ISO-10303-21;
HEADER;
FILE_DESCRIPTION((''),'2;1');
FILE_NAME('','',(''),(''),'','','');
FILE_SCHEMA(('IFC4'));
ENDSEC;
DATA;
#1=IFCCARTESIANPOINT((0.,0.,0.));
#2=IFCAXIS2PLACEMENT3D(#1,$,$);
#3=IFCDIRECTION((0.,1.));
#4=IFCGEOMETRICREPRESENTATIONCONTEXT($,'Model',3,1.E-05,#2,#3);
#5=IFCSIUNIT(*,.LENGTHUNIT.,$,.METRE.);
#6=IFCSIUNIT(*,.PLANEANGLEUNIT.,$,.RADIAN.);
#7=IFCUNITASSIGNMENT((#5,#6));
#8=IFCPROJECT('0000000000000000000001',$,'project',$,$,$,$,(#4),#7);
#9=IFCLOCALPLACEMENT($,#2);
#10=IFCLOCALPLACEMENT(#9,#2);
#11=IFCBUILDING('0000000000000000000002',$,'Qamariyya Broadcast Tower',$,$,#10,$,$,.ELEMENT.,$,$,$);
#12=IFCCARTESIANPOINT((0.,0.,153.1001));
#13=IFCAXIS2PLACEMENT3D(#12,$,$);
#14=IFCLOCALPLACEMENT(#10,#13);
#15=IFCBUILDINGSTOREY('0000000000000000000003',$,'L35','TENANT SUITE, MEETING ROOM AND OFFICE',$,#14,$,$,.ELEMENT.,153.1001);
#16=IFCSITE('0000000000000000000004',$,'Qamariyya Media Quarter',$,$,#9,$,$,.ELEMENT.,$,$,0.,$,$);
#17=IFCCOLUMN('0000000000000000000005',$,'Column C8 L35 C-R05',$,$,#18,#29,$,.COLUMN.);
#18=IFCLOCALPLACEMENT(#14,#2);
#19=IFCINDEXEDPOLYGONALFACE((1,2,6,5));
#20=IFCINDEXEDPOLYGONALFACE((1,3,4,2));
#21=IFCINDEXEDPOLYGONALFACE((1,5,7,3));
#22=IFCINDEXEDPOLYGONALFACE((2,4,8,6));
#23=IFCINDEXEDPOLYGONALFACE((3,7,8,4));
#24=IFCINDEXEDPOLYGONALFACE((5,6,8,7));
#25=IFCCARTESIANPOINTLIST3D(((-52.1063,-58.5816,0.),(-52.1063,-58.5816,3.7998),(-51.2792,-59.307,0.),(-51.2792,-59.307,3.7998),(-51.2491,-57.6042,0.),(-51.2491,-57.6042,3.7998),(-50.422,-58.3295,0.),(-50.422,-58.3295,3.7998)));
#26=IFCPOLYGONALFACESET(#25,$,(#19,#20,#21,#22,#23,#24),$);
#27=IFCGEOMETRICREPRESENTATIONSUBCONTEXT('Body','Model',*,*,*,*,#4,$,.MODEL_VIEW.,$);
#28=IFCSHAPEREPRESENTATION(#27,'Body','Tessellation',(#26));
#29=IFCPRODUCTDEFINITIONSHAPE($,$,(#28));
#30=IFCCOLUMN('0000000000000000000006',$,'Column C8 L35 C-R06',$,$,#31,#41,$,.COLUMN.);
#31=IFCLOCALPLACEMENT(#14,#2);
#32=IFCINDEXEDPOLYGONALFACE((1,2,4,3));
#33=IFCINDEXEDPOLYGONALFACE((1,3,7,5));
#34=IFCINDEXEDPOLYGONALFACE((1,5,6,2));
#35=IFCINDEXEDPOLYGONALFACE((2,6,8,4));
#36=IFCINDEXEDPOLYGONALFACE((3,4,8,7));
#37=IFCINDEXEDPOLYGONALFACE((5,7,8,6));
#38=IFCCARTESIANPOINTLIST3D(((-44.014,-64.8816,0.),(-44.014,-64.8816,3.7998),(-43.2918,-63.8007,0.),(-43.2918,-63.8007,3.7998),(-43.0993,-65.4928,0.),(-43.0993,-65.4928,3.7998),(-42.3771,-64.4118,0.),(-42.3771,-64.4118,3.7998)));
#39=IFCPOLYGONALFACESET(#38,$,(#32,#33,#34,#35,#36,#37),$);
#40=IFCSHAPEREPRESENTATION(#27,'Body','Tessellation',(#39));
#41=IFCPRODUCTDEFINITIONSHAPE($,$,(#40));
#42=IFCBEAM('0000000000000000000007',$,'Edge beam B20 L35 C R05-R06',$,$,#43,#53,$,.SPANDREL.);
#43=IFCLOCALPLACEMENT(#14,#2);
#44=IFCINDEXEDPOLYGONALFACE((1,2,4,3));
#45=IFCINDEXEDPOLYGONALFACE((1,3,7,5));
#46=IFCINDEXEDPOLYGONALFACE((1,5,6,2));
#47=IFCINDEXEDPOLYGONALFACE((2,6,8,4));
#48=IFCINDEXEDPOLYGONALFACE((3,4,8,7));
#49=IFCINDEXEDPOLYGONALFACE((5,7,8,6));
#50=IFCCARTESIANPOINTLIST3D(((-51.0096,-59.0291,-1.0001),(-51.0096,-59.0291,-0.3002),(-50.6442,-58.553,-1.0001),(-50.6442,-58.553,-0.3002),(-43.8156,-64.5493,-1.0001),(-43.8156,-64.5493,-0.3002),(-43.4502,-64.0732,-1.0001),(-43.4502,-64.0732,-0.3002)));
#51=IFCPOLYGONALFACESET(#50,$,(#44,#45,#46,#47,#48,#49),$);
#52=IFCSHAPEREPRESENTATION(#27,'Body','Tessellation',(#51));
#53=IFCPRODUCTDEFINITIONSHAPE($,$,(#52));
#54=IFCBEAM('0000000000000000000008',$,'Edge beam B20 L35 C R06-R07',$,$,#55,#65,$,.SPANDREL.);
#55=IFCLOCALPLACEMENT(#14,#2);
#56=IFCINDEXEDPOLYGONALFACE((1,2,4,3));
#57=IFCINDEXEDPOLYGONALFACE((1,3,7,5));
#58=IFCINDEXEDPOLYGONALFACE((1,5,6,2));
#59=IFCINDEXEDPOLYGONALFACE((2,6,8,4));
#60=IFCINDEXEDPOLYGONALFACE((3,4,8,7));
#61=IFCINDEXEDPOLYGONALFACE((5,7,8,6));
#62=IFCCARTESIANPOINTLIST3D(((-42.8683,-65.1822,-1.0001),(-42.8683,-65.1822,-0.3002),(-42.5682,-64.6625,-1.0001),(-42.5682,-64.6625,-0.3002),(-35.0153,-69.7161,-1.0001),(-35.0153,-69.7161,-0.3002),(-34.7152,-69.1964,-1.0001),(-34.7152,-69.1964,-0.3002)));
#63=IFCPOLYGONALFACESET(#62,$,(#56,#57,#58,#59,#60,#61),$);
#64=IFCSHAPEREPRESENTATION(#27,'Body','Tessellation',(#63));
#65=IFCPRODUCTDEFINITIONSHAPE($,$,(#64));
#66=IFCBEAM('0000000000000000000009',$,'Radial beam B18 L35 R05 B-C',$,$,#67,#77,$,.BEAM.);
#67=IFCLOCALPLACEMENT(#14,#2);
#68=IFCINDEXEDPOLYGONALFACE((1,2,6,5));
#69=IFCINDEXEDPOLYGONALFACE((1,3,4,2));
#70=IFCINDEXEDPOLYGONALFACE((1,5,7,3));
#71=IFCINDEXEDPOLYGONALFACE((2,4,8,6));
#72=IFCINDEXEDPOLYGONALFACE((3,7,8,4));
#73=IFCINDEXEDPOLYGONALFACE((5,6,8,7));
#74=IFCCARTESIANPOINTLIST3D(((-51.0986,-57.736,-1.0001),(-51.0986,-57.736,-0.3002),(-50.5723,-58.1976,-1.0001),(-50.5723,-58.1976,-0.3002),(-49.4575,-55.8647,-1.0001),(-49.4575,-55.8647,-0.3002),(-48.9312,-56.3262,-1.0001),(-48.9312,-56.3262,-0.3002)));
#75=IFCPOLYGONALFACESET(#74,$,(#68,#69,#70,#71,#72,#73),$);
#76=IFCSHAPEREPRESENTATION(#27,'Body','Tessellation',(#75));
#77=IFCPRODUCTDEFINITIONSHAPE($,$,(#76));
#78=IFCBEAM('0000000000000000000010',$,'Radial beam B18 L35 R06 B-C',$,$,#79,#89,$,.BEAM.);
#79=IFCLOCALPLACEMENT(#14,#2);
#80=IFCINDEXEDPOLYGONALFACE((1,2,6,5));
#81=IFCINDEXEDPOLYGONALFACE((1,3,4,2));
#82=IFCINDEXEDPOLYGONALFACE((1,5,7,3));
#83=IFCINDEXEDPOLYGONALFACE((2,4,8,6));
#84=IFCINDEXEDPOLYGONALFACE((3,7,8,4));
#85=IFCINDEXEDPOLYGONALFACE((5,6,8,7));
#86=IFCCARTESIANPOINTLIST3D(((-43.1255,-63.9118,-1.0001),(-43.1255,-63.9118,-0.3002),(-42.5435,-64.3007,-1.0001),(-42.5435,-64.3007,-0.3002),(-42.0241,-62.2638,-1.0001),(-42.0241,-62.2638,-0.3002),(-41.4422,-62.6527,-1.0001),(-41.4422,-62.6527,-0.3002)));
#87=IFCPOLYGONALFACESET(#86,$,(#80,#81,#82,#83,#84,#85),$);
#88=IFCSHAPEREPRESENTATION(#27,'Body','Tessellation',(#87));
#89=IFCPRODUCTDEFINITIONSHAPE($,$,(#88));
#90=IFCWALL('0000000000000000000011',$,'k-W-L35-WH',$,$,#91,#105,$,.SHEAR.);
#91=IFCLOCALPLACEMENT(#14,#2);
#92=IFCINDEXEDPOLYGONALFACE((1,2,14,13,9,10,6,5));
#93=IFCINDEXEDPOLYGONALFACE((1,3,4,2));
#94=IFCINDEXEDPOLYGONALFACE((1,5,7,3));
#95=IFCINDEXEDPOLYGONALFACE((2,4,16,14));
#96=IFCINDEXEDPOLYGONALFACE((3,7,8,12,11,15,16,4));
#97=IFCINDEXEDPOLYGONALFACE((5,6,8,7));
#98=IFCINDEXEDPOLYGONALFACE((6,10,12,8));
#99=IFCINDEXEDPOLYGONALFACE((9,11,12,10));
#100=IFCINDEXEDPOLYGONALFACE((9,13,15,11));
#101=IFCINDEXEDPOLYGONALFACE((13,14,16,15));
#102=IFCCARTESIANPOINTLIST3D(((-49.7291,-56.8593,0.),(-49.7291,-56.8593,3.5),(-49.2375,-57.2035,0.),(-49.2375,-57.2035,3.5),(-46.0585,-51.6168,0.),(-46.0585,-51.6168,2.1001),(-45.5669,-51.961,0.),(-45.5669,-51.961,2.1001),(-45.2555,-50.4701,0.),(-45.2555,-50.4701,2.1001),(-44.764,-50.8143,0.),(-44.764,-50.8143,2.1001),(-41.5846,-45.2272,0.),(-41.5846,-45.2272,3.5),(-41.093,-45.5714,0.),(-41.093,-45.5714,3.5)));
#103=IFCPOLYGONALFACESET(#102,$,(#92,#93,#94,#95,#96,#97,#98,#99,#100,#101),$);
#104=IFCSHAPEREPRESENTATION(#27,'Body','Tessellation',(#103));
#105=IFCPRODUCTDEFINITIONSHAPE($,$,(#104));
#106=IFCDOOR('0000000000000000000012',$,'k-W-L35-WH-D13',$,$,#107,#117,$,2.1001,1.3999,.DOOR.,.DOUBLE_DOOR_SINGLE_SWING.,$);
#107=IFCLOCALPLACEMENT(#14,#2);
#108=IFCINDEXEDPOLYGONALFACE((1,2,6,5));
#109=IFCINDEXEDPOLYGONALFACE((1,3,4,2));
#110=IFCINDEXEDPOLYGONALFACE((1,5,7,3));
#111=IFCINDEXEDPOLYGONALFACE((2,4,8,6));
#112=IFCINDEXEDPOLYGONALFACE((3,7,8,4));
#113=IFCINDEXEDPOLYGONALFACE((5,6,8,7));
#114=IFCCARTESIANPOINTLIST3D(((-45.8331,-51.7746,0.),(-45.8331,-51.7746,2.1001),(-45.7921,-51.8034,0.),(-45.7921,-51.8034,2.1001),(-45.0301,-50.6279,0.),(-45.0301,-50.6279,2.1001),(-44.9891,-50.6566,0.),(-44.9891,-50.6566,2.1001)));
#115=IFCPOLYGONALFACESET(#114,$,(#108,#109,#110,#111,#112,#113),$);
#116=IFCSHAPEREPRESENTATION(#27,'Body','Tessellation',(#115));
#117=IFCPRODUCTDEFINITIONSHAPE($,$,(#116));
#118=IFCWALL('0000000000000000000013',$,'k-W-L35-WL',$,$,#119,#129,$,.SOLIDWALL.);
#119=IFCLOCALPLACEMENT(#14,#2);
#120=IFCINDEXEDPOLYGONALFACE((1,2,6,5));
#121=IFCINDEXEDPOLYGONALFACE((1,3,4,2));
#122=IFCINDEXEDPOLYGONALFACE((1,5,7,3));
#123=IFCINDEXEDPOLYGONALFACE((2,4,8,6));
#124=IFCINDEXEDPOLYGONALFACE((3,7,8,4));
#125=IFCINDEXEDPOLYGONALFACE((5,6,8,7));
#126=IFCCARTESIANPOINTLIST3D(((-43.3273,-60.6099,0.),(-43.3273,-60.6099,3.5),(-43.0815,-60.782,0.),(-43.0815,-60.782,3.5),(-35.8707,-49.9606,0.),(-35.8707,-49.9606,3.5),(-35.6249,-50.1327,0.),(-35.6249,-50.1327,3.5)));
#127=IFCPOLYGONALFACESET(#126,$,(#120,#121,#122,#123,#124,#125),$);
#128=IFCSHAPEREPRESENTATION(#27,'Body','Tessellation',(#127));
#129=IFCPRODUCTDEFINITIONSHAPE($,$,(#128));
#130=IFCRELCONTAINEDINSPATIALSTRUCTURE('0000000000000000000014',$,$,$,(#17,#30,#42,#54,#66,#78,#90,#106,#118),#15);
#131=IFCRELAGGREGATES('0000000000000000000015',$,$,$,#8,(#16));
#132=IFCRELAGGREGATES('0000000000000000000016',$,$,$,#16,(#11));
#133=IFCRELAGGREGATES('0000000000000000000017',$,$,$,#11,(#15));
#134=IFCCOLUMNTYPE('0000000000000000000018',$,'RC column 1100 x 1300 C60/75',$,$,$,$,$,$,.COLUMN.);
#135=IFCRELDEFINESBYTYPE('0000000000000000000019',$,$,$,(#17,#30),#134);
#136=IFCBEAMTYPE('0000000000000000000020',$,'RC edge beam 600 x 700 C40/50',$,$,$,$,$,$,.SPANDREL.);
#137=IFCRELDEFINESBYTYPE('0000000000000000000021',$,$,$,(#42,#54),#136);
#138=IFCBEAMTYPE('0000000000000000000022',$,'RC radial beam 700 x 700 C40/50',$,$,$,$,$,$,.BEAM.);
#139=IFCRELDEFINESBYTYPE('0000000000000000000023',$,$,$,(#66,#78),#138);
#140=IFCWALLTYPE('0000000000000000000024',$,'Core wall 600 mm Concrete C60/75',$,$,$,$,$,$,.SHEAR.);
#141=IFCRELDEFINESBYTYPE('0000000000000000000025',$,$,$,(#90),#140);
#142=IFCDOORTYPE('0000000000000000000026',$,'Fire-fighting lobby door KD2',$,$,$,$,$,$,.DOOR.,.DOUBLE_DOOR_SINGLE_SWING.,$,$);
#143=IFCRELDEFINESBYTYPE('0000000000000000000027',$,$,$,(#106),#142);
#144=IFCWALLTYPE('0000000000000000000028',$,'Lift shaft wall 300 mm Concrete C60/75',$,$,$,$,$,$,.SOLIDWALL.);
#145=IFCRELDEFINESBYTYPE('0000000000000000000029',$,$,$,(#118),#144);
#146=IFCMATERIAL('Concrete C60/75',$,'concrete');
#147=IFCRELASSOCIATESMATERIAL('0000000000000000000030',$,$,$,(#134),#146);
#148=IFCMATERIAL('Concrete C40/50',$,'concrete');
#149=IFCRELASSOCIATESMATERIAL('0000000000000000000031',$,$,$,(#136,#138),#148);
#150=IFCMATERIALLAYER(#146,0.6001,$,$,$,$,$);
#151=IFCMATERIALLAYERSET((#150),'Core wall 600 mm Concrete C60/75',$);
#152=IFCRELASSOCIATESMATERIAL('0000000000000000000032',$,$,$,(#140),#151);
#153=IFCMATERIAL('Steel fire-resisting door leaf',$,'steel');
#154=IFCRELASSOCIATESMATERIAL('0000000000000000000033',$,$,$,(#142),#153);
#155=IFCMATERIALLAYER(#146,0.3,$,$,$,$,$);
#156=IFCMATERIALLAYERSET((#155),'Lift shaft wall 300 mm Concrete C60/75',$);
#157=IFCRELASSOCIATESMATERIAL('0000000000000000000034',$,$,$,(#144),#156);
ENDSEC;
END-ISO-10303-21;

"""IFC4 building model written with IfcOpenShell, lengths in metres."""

from ifc_helpers import new_model, si_unit, direction, frame, frame_2d, origin, origin_2d, place, context, subcontext, project, spatial, rectangle, extrude, material, layer, layer_set, material_profile, profile_set, type_object, element, fill, save


model = new_model("IFC4")

# Units and contexts
model_context = context("Model", 3, precision=1e-05, world=origin(), true_north=direction((0.0, 1.0)))
body_context = subcontext(model_context, "Body", "Model", "MODEL_VIEW")
ifc_project = project(units=[si_unit("LENGTHUNIT", "METRE"), si_unit("PLANEANGLEUNIT", "RADIAN")], contexts=[model_context])

# Site, building, storey
site_placement = place(None, origin())
site = spatial("IfcSite", under=ifc_project, at=site_placement, Name="Qamariyya Media Quarter", CompositionType="ELEMENT", RefElevation=0.0)
building_placement = place(site_placement, origin())
building = spatial("IfcBuilding", under=site, at=building_placement, Name="Qamariyya Broadcast Tower", CompositionType="ELEMENT")
storey_placement = place(building_placement, frame((0.0, 0.0, 153.1001)))
storey = spatial("IfcBuildingStorey", under=building, at=storey_placement, Name="L35", Description="TENANT SUITE, MEETING ROOM AND OFFICE", CompositionType="ELEMENT", Elevation=153.1001)

# Columns
ifc_material_1 = material(Name="Concrete C60/75", Category="concrete")
ifc_material_profile_1 = material_profile(ifc_material_1, rectangle(XDim=1.1001, YDim=1.3, at=origin_2d()))
ifc_profile_set_1 = profile_set([ifc_material_profile_1], Name="Concrete C60/75")
column_type = type_object("IfcColumnType", Name="RC column 1100 x 1300 C60/75", PredefinedType="COLUMN", material=ifc_profile_set_1)
for number, where, z_axis, x_axis, name in (
    (1, (-51.2642, -58.4556, 0.0), (0.0, 0.0, 1.0), (0.75184, -0.659346, 0.0), "Column C8 L35 C-R05"),
    (2, (-43.1956, -64.6467, 0.0), (0.0, 0.0, 1.0), (0.83147, -0.55557, 0.0), "Column C8 L35 C-R06"),
):
    element("IfcColumn", number, at=place(storey_placement, frame(where, z_axis=z_axis, x_axis=x_axis)), inside=storey, type_object=column_type, Name=name, PredefinedType="COLUMN", context=body_context, shape_type="SweptSolid", body=[
        extrude(rectangle(XDim=1.1001, YDim=1.3, at=origin_2d()), origin(), (0.0, 0.0, 1.0), 3.7998),
    ])

# Beams
ifc_material_2 = material(Name="Concrete C40/50", Category="concrete")
ifc_material_profile_2 = material_profile(ifc_material_2, rectangle(XDim=0.6001, YDim=0.7, at=origin_2d()))
ifc_profile_set_2 = profile_set([ifc_material_profile_2], Name="Concrete C40/50")
beam_type_1 = type_object("IfcBeamType", Name="RC edge beam 600 x 700 C40/50", PredefinedType="SPANDREL", material=ifc_profile_set_2)
for number, where, z_axis, x_axis, name in (
    (3, (-50.8269, -58.791, -0.6501), (0.793351, -0.608764, 0.0), (0.608764, 0.793351, 0.0), "Edge beam B20 L35 C R05-R06"),
    (4, (-42.7183, -64.9224, -0.6501), (0.866026, -0.499999, 0.0), (0.499999, 0.866026, 0.0), "Edge beam B20 L35 C R06-R07"),
):
    element("IfcBeam", number, at=place(storey_placement, frame(where, z_axis=z_axis, x_axis=x_axis)), inside=storey, type_object=beam_type_1, Name=name, PredefinedType="SPANDREL", context=body_context, shape_type="SweptSolid", body=[
        extrude(rectangle(XDim=0.6001, YDim=0.7, at=origin_2d()), origin(), (0.0, 0.0, 1.0), 9.0679),
    ])
ifc_material_profile_3 = material_profile(ifc_material_2, rectangle(XDim=0.7, YDim=0.7, at=origin_2d()))
ifc_profile_set_3 = profile_set([ifc_material_profile_3], Name="Concrete C40/50")
beam_type_2 = type_object("IfcBeamType", Name="RC radial beam 700 x 700 C40/50", PredefinedType="BEAM", material=ifc_profile_set_3)
beam_1_placement = place(storey_placement, frame((-49.1943, -56.0955, -0.6501), z_axis=(-0.659344, -0.751841, 0.0), x_axis=(0.751841, -0.659344, 0.0)))
element("IfcBeam", 5, at=beam_1_placement, inside=storey, type_object=beam_type_2, Name="Radial beam B18 L35 R05 B-C", PredefinedType="BEAM", context=body_context, shape_type="SweptSolid", body=[
    extrude(rectangle(XDim=0.7, YDim=0.7, at=origin_2d()), origin(), (0.0, 0.0, 1.0), 2.489),
])
beam_2_placement = place(storey_placement, frame((-41.7332, -62.4583, -0.6501), z_axis=(-0.555638, -0.831424, 0.0), x_axis=(0.831424, -0.555638, 0.0)))
element("IfcBeam", 6, at=beam_2_placement, inside=storey, type_object=beam_type_2, Name="Radial beam B18 L35 R06 B-C", PredefinedType="BEAM", context=body_context, shape_type="SweptSolid", body=[
    extrude(rectangle(XDim=0.7, YDim=0.7, at=origin_2d()), origin(), (0.0, 0.0, 1.0), 1.9822),
])

# Wall, opening, door
ifc_layer_1 = layer(ifc_material_1, 0.6001)
ifc_layer_set_1 = layer_set([ifc_layer_1], Name="Core wall 600 mm Concrete C60/75")
wall_type_1 = type_object("IfcWallType", Name="Core wall 600 mm Concrete C60/75", PredefinedType="SHEAR", material=ifc_layer_set_1)
wall_1_placement = place(storey_placement, frame((-49.4834, -57.0315, 0.0), z_axis=(0.0, 0.0, 1.0), x_axis=(0.57356, 0.819163, 0.0)))
wall_1 = element("IfcWall", 7, at=wall_1_placement, inside=storey, type_object=wall_type_1, Name="k-W-L35-WH", PredefinedType="SHEAR", context=body_context, shape_type="SweptSolid", body=[
    extrude(rectangle(XDim=14.2, YDim=0.6001, at=frame_2d((7.1001, 0.0))), origin(), (0.0, 0.0, 1.0), 3.5),
])
opening_placement = place(wall_1_placement, frame((6.3999, 0.0, 0.0)))
opening = element("IfcOpeningElement", 8, at=opening_placement, cuts=wall_1, PredefinedType="OPENING", context=body_context, shape_type="SweptSolid", body=[
    extrude(rectangle(XDim=1.3999, YDim=2.1001, at=frame_2d((0.7, 1.05))), frame((0.0, 0.3101, 0.0), z_axis=(0.0, -1.0, 0.0), x_axis=(1.0, 0.0, 0.0)), (0.0, 0.0, 1.0), 0.6201),
])
ifc_material_3 = material(Name="Steel fire-resisting door leaf", Category="steel")
door_type = type_object("IfcDoorType", Name="Fire-fighting lobby door KD2", OperationType="DOUBLE_DOOR_SINGLE_SWING", PredefinedType="DOOR", material=ifc_material_3)
door_placement = place(opening_placement, origin())
door = element("IfcDoor", 9, at=door_placement, inside=storey, type_object=door_type, Name="k-W-L35-WH-D13", OperationType="DOUBLE_DOOR_SINGLE_SWING", OverallHeight=2.1001, OverallWidth=1.3999, PredefinedType="DOOR", context=body_context, shape_type="SweptSolid", body=[
    extrude(rectangle(XDim=1.3999, YDim=2.1001, at=frame_2d((0.7, 1.05))), frame((0.0, 0.0249, 0.0), z_axis=(0.0, -1.0, 0.0), x_axis=(1.0, 0.0, 0.0)), (0.0, 0.0, 1.0), 0.05),
])
fill(opening, door)

# Wall
ifc_layer_2 = layer(ifc_material_1, 0.3)
ifc_layer_set_2 = layer_set([ifc_layer_2], Name="Lift shaft wall 300 mm Concrete C60/75")
wall_type_2 = type_object("IfcWallType", Name="Lift shaft wall 300 mm Concrete C60/75", PredefinedType="SOLIDWALL", material=ifc_layer_set_2)
wall_2_placement = place(storey_placement, frame((-43.2043, -60.6958, 0.0), z_axis=(0.0, 0.0, 1.0), x_axis=(0.573572, 0.819155, 0.0)))
element("IfcWall", 10, at=wall_2_placement, inside=storey, type_object=wall_type_2, Name="k-W-L35-WL", PredefinedType="SOLIDWALL", context=body_context, shape_type="SweptSolid", body=[
    extrude(rectangle(XDim=13.0002, YDim=0.3, at=frame_2d((6.5, 0.0))), origin(), (0.0, 0.0, 1.0), 3.5),
])

save(model, "model.ifc")
